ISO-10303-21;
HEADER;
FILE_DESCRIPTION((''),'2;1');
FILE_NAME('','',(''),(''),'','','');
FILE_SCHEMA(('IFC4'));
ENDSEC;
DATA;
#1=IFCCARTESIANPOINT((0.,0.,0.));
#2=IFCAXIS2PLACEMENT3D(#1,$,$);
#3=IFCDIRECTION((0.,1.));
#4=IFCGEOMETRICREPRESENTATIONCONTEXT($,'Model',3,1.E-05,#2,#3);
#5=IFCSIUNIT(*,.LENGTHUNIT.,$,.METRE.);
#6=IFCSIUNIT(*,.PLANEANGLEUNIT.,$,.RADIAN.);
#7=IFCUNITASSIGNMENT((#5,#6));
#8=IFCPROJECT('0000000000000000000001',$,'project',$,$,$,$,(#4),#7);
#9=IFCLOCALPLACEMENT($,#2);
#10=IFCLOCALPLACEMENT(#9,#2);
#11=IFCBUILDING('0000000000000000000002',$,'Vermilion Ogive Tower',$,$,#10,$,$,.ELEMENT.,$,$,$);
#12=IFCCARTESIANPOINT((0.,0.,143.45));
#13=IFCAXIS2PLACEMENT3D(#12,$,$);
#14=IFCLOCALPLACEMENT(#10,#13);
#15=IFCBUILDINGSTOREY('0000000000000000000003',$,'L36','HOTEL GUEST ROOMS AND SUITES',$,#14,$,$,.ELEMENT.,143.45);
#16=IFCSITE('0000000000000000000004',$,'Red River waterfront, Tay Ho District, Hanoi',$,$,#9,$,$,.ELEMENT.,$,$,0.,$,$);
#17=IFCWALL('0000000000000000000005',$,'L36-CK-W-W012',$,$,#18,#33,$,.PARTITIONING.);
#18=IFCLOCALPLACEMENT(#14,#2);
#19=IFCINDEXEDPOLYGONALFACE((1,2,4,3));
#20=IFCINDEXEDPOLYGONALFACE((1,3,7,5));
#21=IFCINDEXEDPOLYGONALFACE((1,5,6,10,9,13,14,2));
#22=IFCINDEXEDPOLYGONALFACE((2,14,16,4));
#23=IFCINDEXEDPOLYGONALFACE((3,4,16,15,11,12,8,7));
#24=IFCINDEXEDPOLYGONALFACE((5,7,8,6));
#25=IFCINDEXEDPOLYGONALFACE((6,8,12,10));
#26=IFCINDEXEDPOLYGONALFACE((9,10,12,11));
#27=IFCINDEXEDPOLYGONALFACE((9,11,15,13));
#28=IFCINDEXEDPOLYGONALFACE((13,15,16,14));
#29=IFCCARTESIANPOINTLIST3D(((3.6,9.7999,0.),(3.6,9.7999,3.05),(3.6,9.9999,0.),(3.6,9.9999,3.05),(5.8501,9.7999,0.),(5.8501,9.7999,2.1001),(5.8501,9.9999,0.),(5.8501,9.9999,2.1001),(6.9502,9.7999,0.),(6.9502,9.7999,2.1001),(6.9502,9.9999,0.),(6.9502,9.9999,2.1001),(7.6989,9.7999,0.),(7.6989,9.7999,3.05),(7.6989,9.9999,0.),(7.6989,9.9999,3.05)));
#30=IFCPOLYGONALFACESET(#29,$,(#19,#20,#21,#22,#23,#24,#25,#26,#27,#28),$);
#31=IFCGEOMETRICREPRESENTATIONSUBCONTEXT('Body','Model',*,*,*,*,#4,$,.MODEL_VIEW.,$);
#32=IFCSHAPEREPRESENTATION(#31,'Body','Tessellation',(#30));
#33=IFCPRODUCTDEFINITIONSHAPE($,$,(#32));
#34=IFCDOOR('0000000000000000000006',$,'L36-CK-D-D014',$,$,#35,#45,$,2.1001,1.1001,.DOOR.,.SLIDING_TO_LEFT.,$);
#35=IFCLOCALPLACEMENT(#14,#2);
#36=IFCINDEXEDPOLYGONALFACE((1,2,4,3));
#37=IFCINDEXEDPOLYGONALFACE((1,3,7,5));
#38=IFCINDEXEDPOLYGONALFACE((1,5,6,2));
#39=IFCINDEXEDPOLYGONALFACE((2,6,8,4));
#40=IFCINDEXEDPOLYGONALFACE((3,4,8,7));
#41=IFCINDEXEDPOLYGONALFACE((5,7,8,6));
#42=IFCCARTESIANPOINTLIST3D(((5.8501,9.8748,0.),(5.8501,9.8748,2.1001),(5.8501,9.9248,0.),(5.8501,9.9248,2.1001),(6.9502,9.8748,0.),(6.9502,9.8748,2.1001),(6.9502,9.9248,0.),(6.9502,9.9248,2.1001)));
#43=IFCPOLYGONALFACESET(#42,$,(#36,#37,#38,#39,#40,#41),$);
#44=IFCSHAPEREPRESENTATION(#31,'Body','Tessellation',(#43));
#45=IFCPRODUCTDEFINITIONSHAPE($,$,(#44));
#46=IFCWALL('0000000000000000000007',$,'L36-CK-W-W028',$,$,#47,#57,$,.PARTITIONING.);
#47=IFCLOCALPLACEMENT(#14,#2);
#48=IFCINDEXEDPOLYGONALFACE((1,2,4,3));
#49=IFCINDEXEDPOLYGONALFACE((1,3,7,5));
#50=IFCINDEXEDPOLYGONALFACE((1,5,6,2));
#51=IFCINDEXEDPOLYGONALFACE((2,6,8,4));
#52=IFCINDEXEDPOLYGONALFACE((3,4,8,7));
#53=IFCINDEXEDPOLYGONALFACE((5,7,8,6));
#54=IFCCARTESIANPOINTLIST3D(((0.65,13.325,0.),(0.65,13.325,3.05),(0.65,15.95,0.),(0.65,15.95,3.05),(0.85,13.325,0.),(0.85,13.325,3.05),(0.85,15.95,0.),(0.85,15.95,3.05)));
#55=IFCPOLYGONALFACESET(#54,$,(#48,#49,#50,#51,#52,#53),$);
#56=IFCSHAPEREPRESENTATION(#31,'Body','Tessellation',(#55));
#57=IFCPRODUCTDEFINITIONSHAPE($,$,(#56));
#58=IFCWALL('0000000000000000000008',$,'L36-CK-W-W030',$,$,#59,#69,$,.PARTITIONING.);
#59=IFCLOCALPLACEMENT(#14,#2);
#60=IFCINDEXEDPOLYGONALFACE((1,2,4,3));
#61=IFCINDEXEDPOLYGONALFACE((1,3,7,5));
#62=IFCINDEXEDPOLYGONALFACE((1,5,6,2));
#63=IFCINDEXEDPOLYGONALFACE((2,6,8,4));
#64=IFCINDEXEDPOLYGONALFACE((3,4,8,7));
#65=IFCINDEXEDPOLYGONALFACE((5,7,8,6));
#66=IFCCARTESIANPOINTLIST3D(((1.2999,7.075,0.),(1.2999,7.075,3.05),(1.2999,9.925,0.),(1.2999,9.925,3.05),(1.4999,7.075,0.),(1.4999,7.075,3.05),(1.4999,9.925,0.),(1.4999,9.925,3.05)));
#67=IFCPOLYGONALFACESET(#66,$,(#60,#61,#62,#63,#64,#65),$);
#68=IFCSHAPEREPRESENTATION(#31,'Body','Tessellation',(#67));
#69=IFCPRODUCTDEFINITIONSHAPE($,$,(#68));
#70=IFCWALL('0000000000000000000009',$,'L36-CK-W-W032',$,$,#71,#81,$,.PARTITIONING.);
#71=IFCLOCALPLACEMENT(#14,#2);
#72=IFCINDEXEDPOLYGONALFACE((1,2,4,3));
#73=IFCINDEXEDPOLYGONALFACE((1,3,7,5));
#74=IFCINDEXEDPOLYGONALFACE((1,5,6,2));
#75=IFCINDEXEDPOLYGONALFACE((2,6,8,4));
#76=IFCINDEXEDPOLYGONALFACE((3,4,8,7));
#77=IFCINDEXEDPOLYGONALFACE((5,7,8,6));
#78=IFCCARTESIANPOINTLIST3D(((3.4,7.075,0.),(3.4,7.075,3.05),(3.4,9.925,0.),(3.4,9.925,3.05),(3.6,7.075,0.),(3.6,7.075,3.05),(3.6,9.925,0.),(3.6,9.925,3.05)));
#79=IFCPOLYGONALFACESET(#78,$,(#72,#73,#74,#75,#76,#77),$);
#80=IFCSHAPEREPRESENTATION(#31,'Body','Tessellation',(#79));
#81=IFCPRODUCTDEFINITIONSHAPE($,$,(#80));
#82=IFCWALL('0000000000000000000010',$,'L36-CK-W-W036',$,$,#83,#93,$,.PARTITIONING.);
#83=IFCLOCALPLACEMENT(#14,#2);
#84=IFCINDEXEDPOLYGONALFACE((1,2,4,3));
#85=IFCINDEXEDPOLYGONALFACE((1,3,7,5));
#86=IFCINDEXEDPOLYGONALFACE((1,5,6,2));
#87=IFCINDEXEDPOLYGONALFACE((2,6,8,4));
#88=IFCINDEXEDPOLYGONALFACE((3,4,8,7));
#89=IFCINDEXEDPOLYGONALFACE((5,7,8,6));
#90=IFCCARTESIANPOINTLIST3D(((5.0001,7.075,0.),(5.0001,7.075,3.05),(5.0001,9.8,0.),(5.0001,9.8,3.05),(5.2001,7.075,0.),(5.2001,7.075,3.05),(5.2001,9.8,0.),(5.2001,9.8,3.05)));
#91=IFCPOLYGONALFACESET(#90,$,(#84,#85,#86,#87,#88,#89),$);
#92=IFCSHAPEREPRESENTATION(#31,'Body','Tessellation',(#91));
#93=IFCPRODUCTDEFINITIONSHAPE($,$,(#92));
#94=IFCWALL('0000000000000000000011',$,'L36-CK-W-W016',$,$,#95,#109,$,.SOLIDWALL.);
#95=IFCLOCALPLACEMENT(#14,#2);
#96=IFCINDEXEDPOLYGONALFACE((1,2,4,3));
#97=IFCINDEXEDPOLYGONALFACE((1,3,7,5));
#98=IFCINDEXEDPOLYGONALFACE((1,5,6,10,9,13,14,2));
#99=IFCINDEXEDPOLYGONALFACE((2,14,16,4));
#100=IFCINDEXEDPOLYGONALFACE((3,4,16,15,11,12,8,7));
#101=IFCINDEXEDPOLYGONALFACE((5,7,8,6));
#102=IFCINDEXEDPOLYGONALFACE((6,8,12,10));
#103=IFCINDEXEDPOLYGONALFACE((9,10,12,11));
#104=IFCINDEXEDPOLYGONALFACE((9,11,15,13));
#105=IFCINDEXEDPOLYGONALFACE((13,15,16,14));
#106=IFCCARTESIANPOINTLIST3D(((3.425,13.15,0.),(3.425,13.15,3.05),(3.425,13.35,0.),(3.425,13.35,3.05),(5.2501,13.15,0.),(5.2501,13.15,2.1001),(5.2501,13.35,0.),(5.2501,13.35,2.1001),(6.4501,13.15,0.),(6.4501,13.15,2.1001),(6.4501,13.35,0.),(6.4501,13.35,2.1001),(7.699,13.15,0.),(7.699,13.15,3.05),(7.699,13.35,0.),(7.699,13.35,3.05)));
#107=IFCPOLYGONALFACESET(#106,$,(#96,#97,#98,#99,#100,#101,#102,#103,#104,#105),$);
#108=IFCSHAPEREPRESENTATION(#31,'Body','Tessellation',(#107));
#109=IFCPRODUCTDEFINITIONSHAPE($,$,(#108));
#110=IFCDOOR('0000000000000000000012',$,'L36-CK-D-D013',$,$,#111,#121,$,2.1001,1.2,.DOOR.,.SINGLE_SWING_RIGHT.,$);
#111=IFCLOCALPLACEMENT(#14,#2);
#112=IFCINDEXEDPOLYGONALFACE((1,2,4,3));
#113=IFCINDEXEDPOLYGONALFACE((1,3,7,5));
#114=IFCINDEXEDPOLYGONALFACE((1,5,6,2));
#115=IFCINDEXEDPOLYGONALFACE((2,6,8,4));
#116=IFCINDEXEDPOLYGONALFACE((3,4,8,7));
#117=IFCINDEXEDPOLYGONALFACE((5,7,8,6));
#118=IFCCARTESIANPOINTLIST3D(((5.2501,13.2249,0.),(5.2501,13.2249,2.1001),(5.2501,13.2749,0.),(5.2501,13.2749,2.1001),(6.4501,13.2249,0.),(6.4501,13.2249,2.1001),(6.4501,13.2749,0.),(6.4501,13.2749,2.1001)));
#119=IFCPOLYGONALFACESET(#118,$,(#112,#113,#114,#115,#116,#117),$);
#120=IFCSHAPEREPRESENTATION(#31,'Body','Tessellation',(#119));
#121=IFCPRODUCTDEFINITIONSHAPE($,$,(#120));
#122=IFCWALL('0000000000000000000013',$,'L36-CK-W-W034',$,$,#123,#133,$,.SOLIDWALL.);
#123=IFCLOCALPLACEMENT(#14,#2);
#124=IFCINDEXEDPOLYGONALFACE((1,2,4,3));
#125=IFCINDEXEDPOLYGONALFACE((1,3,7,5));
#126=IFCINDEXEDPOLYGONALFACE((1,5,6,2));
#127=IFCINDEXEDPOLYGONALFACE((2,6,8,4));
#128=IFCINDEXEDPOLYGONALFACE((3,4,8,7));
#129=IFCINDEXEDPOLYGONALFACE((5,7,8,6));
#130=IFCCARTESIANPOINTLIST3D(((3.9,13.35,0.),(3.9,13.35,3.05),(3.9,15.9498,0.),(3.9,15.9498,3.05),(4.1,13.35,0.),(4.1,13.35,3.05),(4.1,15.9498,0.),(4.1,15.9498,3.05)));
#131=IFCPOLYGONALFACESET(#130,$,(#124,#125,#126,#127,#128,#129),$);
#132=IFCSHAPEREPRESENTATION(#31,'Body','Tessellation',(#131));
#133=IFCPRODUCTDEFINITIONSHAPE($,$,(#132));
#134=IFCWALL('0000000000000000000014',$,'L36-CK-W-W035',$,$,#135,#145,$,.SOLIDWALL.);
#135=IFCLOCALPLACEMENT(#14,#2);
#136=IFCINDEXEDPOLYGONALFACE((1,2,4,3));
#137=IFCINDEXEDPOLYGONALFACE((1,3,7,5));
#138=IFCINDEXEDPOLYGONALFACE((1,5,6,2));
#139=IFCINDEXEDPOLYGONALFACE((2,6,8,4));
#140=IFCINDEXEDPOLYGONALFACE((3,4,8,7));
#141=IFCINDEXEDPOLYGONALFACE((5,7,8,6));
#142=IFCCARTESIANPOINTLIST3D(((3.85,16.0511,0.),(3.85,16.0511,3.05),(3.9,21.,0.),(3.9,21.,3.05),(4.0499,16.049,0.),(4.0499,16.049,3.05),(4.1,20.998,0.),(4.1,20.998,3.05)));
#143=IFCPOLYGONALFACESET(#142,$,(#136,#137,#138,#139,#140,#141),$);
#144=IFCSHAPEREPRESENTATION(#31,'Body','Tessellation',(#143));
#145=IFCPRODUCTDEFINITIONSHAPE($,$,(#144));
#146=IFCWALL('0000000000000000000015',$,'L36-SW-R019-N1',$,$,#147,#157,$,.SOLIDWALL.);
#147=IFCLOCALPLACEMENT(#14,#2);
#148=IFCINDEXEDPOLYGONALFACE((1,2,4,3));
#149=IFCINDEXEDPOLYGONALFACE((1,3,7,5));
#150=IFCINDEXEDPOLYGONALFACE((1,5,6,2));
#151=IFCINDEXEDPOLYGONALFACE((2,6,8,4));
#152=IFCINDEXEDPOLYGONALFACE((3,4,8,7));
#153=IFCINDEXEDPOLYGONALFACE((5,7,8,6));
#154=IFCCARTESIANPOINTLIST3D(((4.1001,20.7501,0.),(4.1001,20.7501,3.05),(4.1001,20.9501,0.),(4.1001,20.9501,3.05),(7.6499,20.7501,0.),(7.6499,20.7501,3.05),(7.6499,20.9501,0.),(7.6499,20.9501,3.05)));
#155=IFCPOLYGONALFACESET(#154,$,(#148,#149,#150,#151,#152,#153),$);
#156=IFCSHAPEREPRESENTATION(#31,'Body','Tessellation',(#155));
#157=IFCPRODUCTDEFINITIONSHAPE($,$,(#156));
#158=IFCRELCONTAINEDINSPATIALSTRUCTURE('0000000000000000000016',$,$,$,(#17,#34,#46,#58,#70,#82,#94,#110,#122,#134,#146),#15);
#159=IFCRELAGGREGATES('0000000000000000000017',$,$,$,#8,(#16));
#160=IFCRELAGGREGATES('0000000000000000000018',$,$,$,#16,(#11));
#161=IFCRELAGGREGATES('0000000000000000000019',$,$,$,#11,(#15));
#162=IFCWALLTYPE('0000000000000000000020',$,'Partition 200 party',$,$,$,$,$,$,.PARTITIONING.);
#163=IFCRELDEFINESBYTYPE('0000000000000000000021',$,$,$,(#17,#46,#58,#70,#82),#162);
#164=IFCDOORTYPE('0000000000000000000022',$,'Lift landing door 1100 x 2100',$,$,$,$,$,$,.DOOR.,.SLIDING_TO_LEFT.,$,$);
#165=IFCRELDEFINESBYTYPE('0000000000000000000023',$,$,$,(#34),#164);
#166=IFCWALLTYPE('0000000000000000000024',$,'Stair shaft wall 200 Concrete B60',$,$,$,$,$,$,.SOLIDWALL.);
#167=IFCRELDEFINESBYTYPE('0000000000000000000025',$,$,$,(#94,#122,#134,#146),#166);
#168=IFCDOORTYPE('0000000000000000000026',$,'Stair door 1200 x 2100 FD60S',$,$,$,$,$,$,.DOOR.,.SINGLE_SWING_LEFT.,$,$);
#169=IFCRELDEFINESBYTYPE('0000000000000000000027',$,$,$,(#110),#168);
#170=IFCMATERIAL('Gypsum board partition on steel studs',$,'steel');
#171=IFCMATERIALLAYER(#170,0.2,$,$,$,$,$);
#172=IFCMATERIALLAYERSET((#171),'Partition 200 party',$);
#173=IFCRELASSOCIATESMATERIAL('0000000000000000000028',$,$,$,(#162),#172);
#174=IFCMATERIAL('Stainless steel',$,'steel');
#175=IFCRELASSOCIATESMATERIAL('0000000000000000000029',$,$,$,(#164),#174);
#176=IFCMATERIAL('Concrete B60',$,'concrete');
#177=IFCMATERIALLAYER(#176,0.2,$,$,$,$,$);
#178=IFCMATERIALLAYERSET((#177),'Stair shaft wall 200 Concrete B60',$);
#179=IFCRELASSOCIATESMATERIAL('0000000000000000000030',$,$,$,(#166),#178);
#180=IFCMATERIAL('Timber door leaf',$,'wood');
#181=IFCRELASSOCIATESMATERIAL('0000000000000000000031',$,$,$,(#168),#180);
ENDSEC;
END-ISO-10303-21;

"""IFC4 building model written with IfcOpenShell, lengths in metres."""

from ifc_helpers import new_model, si_unit, direction, frame, frame_2d, origin, place, context, subcontext, project, spatial, rectangle, extrude, material, layer, layer_set, type_object, element, fill, save


model = new_model("IFC4")

# Units and contexts
model_context = context("Model", 3, precision=1e-05, world=origin(), true_north=direction((0.0, 1.0)))
body_context = subcontext(model_context, "Body", "Model", "MODEL_VIEW")
ifc_project = project(units=[si_unit("LENGTHUNIT", "METRE"), si_unit("PLANEANGLEUNIT", "RADIAN")], contexts=[model_context])

# Site, building, storey
site_placement = place(None, origin())
site = spatial("IfcSite", under=ifc_project, at=site_placement, Name="Red River waterfront, Tay Ho District, Hanoi", CompositionType="ELEMENT", RefElevation=0.0)
building_placement = place(site_placement, origin())
building = spatial("IfcBuilding", under=site, at=building_placement, Name="Vermilion Ogive Tower", CompositionType="ELEMENT")
storey_placement = place(building_placement, frame((0.0, 0.0, 143.45)))
storey = spatial("IfcBuildingStorey", under=building, at=storey_placement, Name="L36", Description="HOTEL GUEST ROOMS AND SUITES", CompositionType="ELEMENT", Elevation=143.45)

# Wall, opening, door
ifc_material_1 = material(Name="Gypsum board partition on steel studs", Category="steel")
ifc_layer_1 = layer(ifc_material_1, 0.2)
ifc_layer_set_1 = layer_set([ifc_layer_1], Name="Partition 200 party")
wall_type_1 = type_object("IfcWallType", Name="Partition 200 party", PredefinedType="PARTITIONING", material=ifc_layer_set_1)
wall_1_placement = place(storey_placement, frame((3.6001, 9.8999, 0.0), z_axis=(0.0, 0.0, 1.0), x_axis=(1.0, 0.0, 0.0)))
wall_1 = element("IfcWall", 1, at=wall_1_placement, inside=storey, type_object=wall_type_1, Name="L36-CK-W-W012", PredefinedType="PARTITIONING", context=body_context, shape_type="SweptSolid", body=[
    extrude(rectangle(XDim=4.0989, YDim=0.2, at=frame_2d((2.0493, 0.0))), origin(), (0.0, 0.0, 1.0), 3.05),
])
opening_1_placement = place(wall_1_placement, frame((2.25, 0.0, 0.0)))
opening_1 = element("IfcOpeningElement", 2, at=opening_1_placement, cuts=wall_1, PredefinedType="OPENING", context=body_context, shape_type="SweptSolid", body=[
    extrude(rectangle(XDim=1.1001, YDim=2.1001, at=frame_2d((0.55, 1.05))), frame((0.0, 0.1099, 0.0), z_axis=(0.0, -1.0, 0.0), x_axis=(1.0, 0.0, 0.0)), (0.0, 0.0, 1.0), 0.22),
])
ifc_material_2 = material(Name="Stainless steel", Category="steel")
door_type_1 = type_object("IfcDoorType", Name="Lift landing door 1100 x 2100", OperationType="SLIDING_TO_LEFT", PredefinedType="DOOR", material=ifc_material_2)
door_1_placement = place(opening_1_placement, origin())
door_1 = element("IfcDoor", 3, at=door_1_placement, inside=storey, type_object=door_type_1, Name="L36-CK-D-D014", OperationType="SLIDING_TO_LEFT", OverallHeight=2.1001, OverallWidth=1.1001, PredefinedType="DOOR", context=body_context, shape_type="SweptSolid", body=[
    extrude(rectangle(XDim=1.1001, YDim=2.1001, at=frame_2d((0.55, 1.05))), frame((0.0, 0.0249, 0.0), z_axis=(0.0, -1.0, 0.0), x_axis=(1.0, 0.0, 0.0)), (0.0, 0.0, 1.0), 0.05),
])
fill(opening_1, door_1)

# Walls
wall_2_placement = place(storey_placement, frame((0.75, 13.325, 0.0), z_axis=(0.0, 0.0, 1.0), x_axis=(0.0, 1.0, 0.0)))
element("IfcWall", 4, at=wall_2_placement, inside=storey, type_object=wall_type_1, Name="L36-CK-W-W028", PredefinedType="PARTITIONING", context=body_context, shape_type="SweptSolid", body=[
    extrude(rectangle(XDim=2.625, YDim=0.2, at=frame_2d((1.3125, 0.0))), origin(), (0.0, 0.0, 1.0), 3.05),
])
for number, where, z_axis, x_axis, name in (
    (5, (1.3999, 7.075, 0.0), (0.0, 0.0, 1.0), (0.0, 1.0, 0.0), "L36-CK-W-W030"),
    (6, (3.5, 7.075, 0.0), (0.0, 0.0, 1.0), (0.0, 1.0, 0.0), "L36-CK-W-W032"),
):
    element("IfcWall", number, at=place(storey_placement, frame(where, z_axis=z_axis, x_axis=x_axis)), inside=storey, type_object=wall_type_1, Name=name, PredefinedType="PARTITIONING", context=body_context, shape_type="SweptSolid", body=[
        extrude(rectangle(XDim=2.8501, YDim=0.2, at=frame_2d((1.425, 0.0))), origin(), (0.0, 0.0, 1.0), 3.05),
    ])
wall_3_placement = place(storey_placement, frame((5.1001, 7.075, 0.0), z_axis=(0.0, 0.0, 1.0), x_axis=(0.0, 1.0, 0.0)))
element("IfcWall", 7, at=wall_3_placement, inside=storey, type_object=wall_type_1, Name="L36-CK-W-W036", PredefinedType="PARTITIONING", context=body_context, shape_type="SweptSolid", body=[
    extrude(rectangle(XDim=2.7251, YDim=0.2, at=frame_2d((1.3625, 0.0))), origin(), (0.0, 0.0, 1.0), 3.05),
])

# Wall, opening, door
ifc_material_3 = material(Name="Concrete B60", Category="concrete")
ifc_layer_2 = layer(ifc_material_3, 0.2)
ifc_layer_set_2 = layer_set([ifc_layer_2], Name="Stair shaft wall 200 Concrete B60")
wall_type_2 = type_object("IfcWallType", Name="Stair shaft wall 200 Concrete B60", PredefinedType="SOLIDWALL", material=ifc_layer_set_2)
wall_4_placement = place(storey_placement, frame((3.425, 13.25, 0.0), z_axis=(0.0, 0.0, 1.0), x_axis=(1.0, 0.0, 0.0)))
wall_4 = element("IfcWall", 8, at=wall_4_placement, inside=storey, type_object=wall_type_2, Name="L36-CK-W-W016", PredefinedType="SOLIDWALL", context=body_context, shape_type="SweptSolid", body=[
    extrude(rectangle(XDim=4.2739, YDim=0.2, at=frame_2d((2.137, 0.0))), origin(), (0.0, 0.0, 1.0), 3.05),
])
opening_2_placement = place(wall_4_placement, frame((1.825, 0.0, 0.0)))
opening_2 = element("IfcOpeningElement", 9, at=opening_2_placement, cuts=wall_4, PredefinedType="OPENING", context=body_context, shape_type="SweptSolid", body=[
    extrude(rectangle(XDim=1.2, YDim=2.1001, at=frame_2d((0.6001, 1.05))), frame((0.0, 0.1099, 0.0), z_axis=(0.0, -1.0, 0.0), x_axis=(1.0, 0.0, 0.0)), (0.0, 0.0, 1.0), 0.22),
])
ifc_material_4 = material(Name="Timber door leaf", Category="wood")
door_type_2 = type_object("IfcDoorType", Name="Stair door 1200 x 2100 FD60S", OperationType="SINGLE_SWING_LEFT", PredefinedType="DOOR", material=ifc_material_4)
door_2_placement = place(opening_2_placement, origin())
door_2 = element("IfcDoor", 10, at=door_2_placement, inside=storey, type_object=door_type_2, Name="L36-CK-D-D013", OperationType="SINGLE_SWING_RIGHT", OverallHeight=2.1001, OverallWidth=1.2, PredefinedType="DOOR", context=body_context, shape_type="SweptSolid", body=[
    extrude(rectangle(XDim=1.2, YDim=2.1001, at=frame_2d((0.6001, 1.05))), frame((0.0, 0.0249, 0.0), z_axis=(0.0, -1.0, 0.0), x_axis=(1.0, 0.0, 0.0)), (0.0, 0.0, 1.0), 0.05),
])
fill(opening_2, door_2)

# Walls
wall_5_placement = place(storey_placement, frame((4.0, 13.3501, 0.0), z_axis=(0.0, 0.0, 1.0), x_axis=(0.0, 1.0, 0.0)))
element("IfcWall", 11, at=wall_5_placement, inside=storey, type_object=wall_type_2, Name="L36-CK-W-W034", PredefinedType="SOLIDWALL", context=body_context, shape_type="SweptSolid", body=[
    extrude(rectangle(XDim=2.5999, YDim=0.2, at=frame_2d((1.2998, 0.0))), origin(), (0.0, 0.0, 1.0), 3.05),
])
wall_6_placement = place(storey_placement, frame((3.95, 16.05, 0.0), z_axis=(0.0, 0.0, 1.0), x_axis=(0.010112, 0.999949, 0.0)))
element("IfcWall", 12, at=wall_6_placement, inside=storey, type_object=wall_type_2, Name="L36-CK-W-W035", PredefinedType="SOLIDWALL", context=body_context, shape_type="SweptSolid", body=[
    extrude(rectangle(XDim=4.9492, YDim=0.2, at=frame_2d((2.4746, 0.0))), origin(), (0.0, 0.0, 1.0), 3.05),
])
wall_7_placement = place(storey_placement, frame((4.1001, 20.8501, 0.0), z_axis=(0.0, 0.0, 1.0), x_axis=(1.0, 0.0, 0.0)))
element("IfcWall", 13, at=wall_7_placement, inside=storey, type_object=wall_type_2, Name="L36-SW-R019-N1", PredefinedType="SOLIDWALL", context=body_context, shape_type="SweptSolid", body=[
    extrude(rectangle(XDim=3.5498, YDim=0.2, at=frame_2d((1.7749, 0.0))), origin(), (0.0, 0.0, 1.0), 3.05),
])

save(model, "model.ifc")
